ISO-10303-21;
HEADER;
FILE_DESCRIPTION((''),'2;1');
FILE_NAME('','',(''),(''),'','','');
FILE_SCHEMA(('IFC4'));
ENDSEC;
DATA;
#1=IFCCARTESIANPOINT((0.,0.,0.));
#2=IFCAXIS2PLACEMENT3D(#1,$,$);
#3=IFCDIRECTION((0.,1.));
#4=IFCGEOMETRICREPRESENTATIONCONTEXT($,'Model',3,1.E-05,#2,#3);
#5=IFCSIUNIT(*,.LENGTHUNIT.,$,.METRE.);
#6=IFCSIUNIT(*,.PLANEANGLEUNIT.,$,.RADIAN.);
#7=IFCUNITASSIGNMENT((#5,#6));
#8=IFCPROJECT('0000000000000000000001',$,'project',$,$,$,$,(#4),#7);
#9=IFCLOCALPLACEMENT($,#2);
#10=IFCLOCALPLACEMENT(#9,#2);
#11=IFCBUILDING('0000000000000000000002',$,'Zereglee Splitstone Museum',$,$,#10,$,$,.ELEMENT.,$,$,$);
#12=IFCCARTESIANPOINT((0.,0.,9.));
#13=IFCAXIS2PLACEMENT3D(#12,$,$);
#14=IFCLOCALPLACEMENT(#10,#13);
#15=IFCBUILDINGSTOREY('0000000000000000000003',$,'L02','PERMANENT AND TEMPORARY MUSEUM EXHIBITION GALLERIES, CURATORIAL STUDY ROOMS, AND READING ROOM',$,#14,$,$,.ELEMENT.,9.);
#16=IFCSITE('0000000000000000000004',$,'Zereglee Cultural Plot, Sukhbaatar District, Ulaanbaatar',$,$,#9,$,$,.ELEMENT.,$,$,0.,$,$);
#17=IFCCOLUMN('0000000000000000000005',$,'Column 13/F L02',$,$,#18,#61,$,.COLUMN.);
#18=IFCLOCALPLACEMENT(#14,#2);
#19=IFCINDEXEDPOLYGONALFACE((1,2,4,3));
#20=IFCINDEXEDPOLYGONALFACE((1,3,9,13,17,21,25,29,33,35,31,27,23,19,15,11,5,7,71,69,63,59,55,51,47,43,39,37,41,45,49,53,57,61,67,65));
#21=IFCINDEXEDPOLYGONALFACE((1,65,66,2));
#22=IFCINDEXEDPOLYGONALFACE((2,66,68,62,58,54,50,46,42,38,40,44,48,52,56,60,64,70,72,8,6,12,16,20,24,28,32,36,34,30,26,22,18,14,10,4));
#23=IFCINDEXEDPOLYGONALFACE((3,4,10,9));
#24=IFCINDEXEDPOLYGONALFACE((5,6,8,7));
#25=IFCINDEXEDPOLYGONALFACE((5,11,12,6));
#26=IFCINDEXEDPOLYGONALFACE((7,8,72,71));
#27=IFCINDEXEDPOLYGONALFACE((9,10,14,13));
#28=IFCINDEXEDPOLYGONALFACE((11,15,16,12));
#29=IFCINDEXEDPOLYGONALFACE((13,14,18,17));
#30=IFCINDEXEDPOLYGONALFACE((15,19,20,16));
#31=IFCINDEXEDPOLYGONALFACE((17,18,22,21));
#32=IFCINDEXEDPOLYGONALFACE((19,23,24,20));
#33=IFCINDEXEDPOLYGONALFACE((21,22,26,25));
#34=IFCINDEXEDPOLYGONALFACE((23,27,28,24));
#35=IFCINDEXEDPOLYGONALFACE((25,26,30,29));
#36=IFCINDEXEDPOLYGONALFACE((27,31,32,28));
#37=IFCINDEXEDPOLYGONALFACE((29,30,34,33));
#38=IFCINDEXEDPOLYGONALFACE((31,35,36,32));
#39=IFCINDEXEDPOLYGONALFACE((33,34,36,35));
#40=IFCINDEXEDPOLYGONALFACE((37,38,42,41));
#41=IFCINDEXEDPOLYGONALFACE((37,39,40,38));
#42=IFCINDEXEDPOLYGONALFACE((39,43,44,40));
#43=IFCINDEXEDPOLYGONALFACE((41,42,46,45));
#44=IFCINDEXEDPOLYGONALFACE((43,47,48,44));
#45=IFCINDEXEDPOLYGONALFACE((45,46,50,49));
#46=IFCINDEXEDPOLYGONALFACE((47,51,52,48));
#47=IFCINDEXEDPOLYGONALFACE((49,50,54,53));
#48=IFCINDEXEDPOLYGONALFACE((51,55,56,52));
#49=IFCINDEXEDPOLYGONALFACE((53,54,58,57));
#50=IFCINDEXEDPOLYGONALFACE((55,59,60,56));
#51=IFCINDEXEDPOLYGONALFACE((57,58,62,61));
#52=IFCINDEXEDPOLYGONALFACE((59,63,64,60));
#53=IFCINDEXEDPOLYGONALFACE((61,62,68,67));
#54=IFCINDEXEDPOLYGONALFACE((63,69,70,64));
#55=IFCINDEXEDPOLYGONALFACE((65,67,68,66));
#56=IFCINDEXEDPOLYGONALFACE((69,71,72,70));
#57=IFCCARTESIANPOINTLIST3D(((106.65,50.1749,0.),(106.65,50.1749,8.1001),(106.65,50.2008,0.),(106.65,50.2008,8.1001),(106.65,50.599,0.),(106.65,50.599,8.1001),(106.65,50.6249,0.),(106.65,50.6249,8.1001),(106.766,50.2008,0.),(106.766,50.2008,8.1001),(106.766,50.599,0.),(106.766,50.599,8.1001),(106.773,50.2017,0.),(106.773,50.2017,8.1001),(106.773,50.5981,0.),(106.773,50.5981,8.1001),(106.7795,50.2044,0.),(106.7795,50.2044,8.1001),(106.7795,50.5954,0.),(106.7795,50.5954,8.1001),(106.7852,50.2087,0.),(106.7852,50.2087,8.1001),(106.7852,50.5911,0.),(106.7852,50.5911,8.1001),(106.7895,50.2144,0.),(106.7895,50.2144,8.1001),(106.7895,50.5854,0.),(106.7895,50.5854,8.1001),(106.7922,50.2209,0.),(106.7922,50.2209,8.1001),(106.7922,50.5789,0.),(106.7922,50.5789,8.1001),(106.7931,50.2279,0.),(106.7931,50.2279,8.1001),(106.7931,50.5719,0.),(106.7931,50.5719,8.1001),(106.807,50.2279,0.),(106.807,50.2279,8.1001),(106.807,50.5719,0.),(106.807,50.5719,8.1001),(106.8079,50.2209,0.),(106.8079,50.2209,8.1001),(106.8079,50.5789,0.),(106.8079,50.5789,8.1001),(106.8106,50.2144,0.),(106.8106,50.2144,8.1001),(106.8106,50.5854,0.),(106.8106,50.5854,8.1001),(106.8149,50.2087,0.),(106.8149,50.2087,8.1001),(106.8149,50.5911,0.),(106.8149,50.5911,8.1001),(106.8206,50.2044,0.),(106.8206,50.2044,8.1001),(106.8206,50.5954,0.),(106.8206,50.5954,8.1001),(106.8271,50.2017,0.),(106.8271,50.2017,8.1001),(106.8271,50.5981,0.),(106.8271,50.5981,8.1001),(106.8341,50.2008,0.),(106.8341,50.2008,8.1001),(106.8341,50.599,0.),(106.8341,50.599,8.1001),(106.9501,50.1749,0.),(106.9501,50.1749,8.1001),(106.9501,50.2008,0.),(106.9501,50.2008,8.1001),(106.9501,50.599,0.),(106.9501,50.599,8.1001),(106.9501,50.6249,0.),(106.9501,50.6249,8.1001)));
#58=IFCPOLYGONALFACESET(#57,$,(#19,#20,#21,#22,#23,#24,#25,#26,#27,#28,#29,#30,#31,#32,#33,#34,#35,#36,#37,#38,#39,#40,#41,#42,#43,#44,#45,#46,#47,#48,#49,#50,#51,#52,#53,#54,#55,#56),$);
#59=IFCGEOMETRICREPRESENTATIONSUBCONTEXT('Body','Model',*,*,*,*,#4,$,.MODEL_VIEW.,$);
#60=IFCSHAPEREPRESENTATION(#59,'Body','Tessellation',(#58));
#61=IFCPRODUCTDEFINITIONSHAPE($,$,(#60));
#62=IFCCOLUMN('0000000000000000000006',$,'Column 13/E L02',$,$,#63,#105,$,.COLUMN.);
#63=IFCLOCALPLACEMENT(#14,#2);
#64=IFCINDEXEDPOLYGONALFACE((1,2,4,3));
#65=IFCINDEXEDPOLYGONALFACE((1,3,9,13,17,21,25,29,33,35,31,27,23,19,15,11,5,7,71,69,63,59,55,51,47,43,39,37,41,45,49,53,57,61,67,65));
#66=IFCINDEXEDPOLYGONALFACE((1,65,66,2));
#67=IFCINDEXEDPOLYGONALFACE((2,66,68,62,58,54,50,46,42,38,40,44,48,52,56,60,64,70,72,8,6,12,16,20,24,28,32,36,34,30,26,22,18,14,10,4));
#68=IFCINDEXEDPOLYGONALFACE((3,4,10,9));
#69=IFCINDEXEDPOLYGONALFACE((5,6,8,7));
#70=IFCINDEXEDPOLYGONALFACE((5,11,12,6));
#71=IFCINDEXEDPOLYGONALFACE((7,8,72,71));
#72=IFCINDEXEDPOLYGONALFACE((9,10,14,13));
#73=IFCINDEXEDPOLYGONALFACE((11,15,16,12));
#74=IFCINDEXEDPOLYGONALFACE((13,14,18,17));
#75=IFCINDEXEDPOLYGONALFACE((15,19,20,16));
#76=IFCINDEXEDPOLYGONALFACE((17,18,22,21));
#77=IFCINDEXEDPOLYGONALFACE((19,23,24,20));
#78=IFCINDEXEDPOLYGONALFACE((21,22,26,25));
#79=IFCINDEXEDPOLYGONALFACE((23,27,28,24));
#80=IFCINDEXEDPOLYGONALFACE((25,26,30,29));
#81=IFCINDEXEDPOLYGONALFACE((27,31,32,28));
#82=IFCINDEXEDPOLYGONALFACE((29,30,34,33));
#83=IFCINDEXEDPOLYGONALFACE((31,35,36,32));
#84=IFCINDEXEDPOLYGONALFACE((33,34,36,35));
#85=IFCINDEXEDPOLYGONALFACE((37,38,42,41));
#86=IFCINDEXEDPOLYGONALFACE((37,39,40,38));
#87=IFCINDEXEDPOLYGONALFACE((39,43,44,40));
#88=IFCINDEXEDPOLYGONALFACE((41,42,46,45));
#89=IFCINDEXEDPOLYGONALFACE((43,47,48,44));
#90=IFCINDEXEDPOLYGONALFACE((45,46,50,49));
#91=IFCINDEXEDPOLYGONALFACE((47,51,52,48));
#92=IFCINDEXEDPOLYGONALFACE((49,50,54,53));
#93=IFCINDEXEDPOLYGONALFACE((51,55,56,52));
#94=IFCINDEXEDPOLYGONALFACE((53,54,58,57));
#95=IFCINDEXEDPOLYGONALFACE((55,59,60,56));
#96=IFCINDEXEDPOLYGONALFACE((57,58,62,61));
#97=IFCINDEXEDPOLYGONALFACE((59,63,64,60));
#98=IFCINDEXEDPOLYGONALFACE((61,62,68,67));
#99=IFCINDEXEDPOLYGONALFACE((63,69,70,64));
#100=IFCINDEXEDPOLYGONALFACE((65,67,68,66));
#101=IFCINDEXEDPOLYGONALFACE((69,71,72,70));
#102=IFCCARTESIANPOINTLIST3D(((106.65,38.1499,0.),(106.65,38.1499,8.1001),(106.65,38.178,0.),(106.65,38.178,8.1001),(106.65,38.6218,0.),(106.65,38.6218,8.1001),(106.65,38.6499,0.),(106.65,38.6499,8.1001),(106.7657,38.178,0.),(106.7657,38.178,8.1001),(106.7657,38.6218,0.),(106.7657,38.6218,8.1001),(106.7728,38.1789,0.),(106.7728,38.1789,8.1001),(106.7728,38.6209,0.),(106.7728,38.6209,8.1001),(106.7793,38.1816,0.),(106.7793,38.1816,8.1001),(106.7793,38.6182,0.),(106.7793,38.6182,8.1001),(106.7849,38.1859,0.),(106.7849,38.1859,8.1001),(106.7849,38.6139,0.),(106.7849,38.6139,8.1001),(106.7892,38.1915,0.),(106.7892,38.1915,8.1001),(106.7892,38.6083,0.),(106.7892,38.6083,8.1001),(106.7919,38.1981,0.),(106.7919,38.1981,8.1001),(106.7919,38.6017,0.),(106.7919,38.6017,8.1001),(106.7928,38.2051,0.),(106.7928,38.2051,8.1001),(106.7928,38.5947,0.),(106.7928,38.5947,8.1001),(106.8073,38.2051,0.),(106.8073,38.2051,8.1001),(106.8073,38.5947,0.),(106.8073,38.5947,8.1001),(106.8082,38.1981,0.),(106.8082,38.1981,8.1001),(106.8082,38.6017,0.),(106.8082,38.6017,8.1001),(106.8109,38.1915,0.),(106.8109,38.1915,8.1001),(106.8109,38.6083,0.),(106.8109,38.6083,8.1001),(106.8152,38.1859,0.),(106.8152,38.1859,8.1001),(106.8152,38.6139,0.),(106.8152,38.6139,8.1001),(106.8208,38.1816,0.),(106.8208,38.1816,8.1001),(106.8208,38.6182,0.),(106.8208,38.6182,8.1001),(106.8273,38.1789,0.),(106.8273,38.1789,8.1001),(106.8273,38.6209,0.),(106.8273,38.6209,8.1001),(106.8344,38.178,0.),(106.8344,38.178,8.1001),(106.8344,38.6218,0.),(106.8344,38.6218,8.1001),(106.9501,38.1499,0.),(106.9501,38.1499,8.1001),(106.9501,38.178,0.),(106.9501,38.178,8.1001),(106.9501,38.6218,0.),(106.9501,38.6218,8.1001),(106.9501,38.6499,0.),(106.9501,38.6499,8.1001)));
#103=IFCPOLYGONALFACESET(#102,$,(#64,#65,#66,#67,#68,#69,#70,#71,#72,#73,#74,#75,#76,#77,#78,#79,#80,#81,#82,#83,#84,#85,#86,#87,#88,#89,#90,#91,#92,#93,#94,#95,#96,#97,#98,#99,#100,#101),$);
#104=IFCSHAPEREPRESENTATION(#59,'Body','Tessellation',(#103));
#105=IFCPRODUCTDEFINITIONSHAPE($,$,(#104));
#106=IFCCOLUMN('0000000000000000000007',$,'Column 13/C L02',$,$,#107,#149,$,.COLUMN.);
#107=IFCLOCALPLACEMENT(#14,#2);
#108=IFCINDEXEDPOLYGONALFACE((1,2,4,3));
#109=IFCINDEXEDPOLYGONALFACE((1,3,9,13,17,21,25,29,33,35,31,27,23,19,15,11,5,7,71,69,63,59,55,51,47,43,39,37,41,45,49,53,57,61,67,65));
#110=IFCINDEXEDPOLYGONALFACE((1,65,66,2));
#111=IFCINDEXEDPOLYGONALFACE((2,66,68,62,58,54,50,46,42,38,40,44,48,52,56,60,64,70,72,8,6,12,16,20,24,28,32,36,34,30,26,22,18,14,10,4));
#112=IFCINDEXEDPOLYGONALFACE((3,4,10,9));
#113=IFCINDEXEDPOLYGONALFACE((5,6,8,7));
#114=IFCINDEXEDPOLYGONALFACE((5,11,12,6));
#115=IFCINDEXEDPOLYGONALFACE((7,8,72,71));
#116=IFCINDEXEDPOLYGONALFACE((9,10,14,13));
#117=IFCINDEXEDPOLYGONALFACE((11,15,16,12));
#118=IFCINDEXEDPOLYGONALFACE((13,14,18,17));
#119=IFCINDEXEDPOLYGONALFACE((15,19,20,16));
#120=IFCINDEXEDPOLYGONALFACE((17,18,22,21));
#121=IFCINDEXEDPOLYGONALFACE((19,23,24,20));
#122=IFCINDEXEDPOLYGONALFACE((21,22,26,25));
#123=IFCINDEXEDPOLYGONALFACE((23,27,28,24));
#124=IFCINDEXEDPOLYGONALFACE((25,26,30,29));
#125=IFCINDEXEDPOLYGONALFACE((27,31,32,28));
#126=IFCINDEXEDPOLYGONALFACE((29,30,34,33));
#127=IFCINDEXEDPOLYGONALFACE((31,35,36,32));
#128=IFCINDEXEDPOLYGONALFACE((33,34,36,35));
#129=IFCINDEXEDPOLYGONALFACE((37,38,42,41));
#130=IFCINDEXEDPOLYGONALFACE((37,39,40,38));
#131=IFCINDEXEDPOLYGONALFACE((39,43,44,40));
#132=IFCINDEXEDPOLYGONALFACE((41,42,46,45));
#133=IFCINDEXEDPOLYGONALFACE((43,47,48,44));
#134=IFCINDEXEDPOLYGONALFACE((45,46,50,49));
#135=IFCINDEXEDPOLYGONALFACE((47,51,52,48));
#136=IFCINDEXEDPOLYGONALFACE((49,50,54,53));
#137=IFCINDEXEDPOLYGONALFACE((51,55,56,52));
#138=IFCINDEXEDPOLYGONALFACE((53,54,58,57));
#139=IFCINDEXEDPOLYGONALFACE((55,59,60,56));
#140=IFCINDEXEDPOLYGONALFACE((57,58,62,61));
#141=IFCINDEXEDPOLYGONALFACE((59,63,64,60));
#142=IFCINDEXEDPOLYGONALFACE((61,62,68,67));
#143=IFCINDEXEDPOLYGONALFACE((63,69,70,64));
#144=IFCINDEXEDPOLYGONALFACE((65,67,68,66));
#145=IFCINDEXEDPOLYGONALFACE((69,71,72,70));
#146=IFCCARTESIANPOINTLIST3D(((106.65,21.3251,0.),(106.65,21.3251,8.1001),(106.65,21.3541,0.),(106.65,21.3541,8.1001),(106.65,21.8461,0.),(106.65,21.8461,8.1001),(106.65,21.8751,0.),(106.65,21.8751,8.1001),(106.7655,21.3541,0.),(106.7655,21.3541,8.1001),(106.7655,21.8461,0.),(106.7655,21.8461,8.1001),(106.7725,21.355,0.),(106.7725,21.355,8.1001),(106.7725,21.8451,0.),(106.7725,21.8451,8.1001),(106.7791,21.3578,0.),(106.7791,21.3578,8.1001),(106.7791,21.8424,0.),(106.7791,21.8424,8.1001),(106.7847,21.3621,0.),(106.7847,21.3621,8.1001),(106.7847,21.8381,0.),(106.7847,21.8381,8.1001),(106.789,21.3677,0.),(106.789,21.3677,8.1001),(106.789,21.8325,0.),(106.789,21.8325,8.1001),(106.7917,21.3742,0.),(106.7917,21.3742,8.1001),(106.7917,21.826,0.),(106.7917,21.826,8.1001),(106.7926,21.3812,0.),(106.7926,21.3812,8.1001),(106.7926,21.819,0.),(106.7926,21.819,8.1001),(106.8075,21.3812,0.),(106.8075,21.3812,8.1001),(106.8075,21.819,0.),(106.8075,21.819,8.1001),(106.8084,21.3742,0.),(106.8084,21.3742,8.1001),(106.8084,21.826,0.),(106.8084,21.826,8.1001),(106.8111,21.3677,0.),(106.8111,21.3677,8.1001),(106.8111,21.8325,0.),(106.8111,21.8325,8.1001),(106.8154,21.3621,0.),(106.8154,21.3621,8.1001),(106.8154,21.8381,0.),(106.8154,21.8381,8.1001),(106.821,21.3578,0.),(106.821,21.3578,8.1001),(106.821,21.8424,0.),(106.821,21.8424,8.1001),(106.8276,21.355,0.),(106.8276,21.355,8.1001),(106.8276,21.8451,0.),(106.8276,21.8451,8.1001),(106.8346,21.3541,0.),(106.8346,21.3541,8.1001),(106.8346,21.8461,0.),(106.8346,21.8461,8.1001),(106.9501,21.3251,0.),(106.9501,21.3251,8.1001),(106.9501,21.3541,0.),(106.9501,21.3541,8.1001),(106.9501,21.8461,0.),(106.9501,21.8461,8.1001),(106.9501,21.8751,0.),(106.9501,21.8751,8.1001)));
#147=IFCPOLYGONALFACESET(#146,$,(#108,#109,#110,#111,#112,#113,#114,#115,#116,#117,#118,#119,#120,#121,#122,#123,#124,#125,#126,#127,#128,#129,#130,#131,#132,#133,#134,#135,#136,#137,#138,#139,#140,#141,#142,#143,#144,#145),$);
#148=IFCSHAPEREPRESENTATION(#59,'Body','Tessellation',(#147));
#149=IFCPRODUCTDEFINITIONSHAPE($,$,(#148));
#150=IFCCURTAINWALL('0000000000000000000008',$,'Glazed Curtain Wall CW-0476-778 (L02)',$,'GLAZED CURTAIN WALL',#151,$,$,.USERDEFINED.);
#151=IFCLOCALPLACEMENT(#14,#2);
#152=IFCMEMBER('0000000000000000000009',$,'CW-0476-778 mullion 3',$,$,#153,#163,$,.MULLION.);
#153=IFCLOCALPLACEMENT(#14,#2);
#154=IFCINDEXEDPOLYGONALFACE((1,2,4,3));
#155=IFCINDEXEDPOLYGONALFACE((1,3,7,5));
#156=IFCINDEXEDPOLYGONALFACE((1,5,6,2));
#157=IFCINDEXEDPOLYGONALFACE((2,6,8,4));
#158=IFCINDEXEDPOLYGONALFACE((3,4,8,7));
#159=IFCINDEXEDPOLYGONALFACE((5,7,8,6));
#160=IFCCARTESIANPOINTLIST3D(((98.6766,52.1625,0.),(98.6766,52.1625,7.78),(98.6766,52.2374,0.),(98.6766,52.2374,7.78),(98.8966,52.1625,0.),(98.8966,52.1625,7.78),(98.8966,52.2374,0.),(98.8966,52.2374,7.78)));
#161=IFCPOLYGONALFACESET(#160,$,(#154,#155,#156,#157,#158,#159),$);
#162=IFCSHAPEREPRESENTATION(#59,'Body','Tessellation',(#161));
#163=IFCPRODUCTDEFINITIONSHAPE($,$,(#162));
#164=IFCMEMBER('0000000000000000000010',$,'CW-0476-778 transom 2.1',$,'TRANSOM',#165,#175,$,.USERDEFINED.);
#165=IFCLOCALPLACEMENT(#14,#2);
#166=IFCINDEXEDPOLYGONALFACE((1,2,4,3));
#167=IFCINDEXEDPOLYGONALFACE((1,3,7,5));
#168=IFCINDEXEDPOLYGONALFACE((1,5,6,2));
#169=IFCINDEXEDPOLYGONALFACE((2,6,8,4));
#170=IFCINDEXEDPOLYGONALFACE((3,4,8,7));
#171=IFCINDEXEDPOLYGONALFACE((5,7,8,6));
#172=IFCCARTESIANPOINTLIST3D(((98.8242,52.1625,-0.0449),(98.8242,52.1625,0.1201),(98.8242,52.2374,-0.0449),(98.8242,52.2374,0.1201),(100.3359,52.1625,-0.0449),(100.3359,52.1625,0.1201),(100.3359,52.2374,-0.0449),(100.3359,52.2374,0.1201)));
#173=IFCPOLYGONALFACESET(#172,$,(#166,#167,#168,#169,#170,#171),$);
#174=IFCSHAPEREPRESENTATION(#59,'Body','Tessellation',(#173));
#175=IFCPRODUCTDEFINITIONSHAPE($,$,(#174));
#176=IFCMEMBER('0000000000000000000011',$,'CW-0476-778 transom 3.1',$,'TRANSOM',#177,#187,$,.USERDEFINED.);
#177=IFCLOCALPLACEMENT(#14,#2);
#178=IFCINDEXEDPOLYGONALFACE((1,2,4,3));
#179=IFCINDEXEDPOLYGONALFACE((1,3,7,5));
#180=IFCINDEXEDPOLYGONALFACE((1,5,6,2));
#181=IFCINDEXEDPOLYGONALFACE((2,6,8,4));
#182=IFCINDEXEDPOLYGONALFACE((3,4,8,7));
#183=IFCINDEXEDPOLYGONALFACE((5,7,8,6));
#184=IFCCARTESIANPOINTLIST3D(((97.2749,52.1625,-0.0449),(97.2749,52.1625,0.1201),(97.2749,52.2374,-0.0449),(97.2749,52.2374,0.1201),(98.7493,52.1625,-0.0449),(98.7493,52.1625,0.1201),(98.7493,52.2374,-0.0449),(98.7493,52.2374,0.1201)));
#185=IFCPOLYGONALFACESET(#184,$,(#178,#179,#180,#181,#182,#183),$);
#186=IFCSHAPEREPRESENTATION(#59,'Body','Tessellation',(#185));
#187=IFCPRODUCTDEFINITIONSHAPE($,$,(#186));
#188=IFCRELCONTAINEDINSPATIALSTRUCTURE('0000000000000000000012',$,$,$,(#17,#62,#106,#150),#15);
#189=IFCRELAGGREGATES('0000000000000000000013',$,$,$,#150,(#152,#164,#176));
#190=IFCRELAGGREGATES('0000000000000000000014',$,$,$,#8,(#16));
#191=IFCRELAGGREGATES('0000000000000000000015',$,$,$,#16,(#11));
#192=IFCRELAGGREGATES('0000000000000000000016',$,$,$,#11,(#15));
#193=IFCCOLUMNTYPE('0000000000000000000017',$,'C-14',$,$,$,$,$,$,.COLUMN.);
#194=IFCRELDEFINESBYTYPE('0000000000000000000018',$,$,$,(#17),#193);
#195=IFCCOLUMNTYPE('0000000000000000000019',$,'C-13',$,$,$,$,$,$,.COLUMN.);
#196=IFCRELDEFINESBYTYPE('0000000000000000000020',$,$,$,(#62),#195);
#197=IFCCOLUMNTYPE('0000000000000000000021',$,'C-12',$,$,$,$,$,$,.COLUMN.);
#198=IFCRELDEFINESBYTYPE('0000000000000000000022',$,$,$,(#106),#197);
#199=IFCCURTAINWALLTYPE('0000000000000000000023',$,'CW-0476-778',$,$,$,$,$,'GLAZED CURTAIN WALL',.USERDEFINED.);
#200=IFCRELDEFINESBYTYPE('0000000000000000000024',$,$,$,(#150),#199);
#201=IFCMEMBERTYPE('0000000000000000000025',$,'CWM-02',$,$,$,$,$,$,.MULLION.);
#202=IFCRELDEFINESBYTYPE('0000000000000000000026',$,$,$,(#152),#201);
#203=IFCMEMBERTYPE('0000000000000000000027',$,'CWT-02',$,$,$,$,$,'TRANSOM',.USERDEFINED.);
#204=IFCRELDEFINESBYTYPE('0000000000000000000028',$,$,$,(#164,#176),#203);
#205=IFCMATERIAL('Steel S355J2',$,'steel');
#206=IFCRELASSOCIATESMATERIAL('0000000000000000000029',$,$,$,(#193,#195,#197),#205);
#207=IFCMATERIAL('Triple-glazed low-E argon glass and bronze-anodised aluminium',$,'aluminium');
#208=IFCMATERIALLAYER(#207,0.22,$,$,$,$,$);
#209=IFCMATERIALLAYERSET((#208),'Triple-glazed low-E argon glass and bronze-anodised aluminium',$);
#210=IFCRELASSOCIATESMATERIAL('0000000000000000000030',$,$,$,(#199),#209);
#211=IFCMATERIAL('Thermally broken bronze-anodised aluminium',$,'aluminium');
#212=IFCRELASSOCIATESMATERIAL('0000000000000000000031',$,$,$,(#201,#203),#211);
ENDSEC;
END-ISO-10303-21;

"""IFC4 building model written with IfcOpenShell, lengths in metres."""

from ifc_helpers import new_model, si_unit, direction, frame, origin, origin_2d, place, context, subcontext, project, spatial, rectangle, i_section, extrude, material, layer, layer_set, material_profile, profile_set, type_object, element, aggregate, save


model = new_model("IFC4")

# Units and contexts
model_context = context("Model", 3, precision=1e-05, world=origin(), true_north=direction((0.0, 1.0)))
body_context = subcontext(model_context, "Body", "Model", "MODEL_VIEW")
ifc_project = project(units=[si_unit("LENGTHUNIT", "METRE"), si_unit("PLANEANGLEUNIT", "RADIAN")], contexts=[model_context])

# Site, building, storey
site_placement = place(None, origin())
site = spatial("IfcSite", under=ifc_project, at=site_placement, Name="Zereglee Cultural Plot, Sukhbaatar District, Ulaanbaatar", CompositionType="ELEMENT", RefElevation=0.0)
building_placement = place(site_placement, origin())
building = spatial("IfcBuilding", under=site, at=building_placement, Name="Zereglee Splitstone Museum", CompositionType="ELEMENT")
storey_placement = place(building_placement, frame((0.0, 0.0, 9.0)))
storey = spatial("IfcBuildingStorey", under=building, at=storey_placement, Name="L02", Description="PERMANENT AND TEMPORARY MUSEUM EXHIBITION GALLERIES, CURATORIAL STUDY ROOMS, AND READING ROOM", CompositionType="ELEMENT", Elevation=9.0)

# Columns
ifc_material_1 = material(Name="Steel S355J2", Category="steel")
ifc_material_profile_1 = material_profile(ifc_material_1, i_section(OverallWidth=0.3, OverallDepth=0.45, WebThickness=0.0139, FlangeThickness=0.0259, FilletRadius=0.0271, at=origin_2d()), Name="HE 450 B")
ifc_profile_set_1 = profile_set([ifc_material_profile_1], Name="Steel S355J2")
column_type_1 = type_object("IfcColumnType", Name="C-14", PredefinedType="COLUMN", material=ifc_profile_set_1)
column_1_placement = place(storey_placement, frame((106.8, 50.3999, 0.0), z_axis=(0.0, 0.0, 1.0), x_axis=(1.0, 0.0, 0.0)))
element("IfcColumn", 1, at=column_1_placement, inside=storey, type_object=column_type_1, Name="Column 13/F L02", PredefinedType="COLUMN", context=body_context, shape_type="SweptSolid", body=[
    extrude(i_section(OverallWidth=0.3, OverallDepth=0.45, WebThickness=0.0139, FlangeThickness=0.0259, FilletRadius=0.0271, at=origin_2d()), origin(), (0.0, 0.0, 1.0), 8.1001),
])
ifc_material_profile_2 = material_profile(ifc_material_1, i_section(OverallWidth=0.3, OverallDepth=0.5, WebThickness=0.0144, FlangeThickness=0.0281, FilletRadius=0.0271, at=origin_2d()), Name="HE 500 B")
ifc_profile_set_2 = profile_set([ifc_material_profile_2], Name="Steel S355J2")
column_type_2 = type_object("IfcColumnType", Name="C-13", PredefinedType="COLUMN", material=ifc_profile_set_2)
column_2_placement = place(storey_placement, frame((106.8, 38.3999, 0.0), z_axis=(0.0, 0.0, 1.0), x_axis=(1.0, 0.0, 0.0)))
element("IfcColumn", 2, at=column_2_placement, inside=storey, type_object=column_type_2, Name="Column 13/E L02", PredefinedType="COLUMN", context=body_context, shape_type="SweptSolid", body=[
    extrude(i_section(OverallWidth=0.3, OverallDepth=0.5, WebThickness=0.0144, FlangeThickness=0.0281, FilletRadius=0.0271, at=origin_2d()), origin(), (0.0, 0.0, 1.0), 8.1001),
])
ifc_material_profile_3 = material_profile(ifc_material_1, i_section(OverallWidth=0.3, OverallDepth=0.55, WebThickness=0.0149, FlangeThickness=0.0291, FilletRadius=0.0271, at=origin_2d()), Name="HE 550 B")
ifc_profile_set_3 = profile_set([ifc_material_profile_3], Name="Steel S355J2")
column_type_3 = type_object("IfcColumnType", Name="C-12", PredefinedType="COLUMN", material=ifc_profile_set_3)
column_3_placement = place(storey_placement, frame((106.8, 21.6001, 0.0), z_axis=(0.0, 0.0, 1.0), x_axis=(1.0, 0.0, 0.0)))
element("IfcColumn", 3, at=column_3_placement, inside=storey, type_object=column_type_3, Name="Column 13/C L02", PredefinedType="COLUMN", context=body_context, shape_type="SweptSolid", body=[
    extrude(i_section(OverallWidth=0.3, OverallDepth=0.55, WebThickness=0.0149, FlangeThickness=0.0291, FilletRadius=0.0271, at=origin_2d()), origin(), (0.0, 0.0, 1.0), 8.1001),
])

# Curtain wall, members
ifc_material_2 = material(Name="Triple-glazed low-E argon glass and bronze-anodised aluminium", Category="aluminium")
ifc_layer_1 = layer(ifc_material_2, 0.22)
ifc_layer_set_1 = layer_set([ifc_layer_1], Name="Triple-glazed low-E argon glass and bronze-anodised aluminium")
curtain_wall_type = type_object("IfcCurtainWallType", Name="CW-0476-778", ElementType="GLAZED CURTAIN WALL", PredefinedType="USERDEFINED", material=ifc_layer_set_1)
curtain_wall_placement = place(storey_placement, origin())
curtain_wall = element("IfcCurtainWall", 4, at=curtain_wall_placement, inside=storey, type_object=curtain_wall_type, Name="Glazed Curtain Wall CW-0476-778 (L02)", ObjectType="GLAZED CURTAIN WALL", PredefinedType="USERDEFINED")
ifc_material_3 = material(Name="Thermally broken bronze-anodised aluminium", Category="aluminium")
ifc_material_profile_4 = material_profile(ifc_material_3, rectangle(XDim=0.075, YDim=0.22, at=origin_2d()), Name="CW MULL 75x220")
ifc_profile_set_4 = profile_set([ifc_material_profile_4], Name="Thermally broken bronze-anodised aluminium")
member_type_1 = type_object("IfcMemberType", Name="CWM-02", PredefinedType="MULLION", material=ifc_profile_set_4)
member_1_placement = place(storey_placement, frame((98.7866, 52.2, 0.0), z_axis=(0.0, 0.0, 1.0), x_axis=(0.0, -1.0, 0.0)))
member_1 = element("IfcMember", 5, at=member_1_placement, type_object=member_type_1, Name="CW-0476-778 mullion 3", PredefinedType="MULLION", context=body_context, shape_type="SweptSolid", body=[
    extrude(rectangle(XDim=0.075, YDim=0.22, at=origin_2d()), origin(), (0.0, 0.0, 1.0), 7.78),
])
ifc_material_profile_5 = material_profile(ifc_material_3, rectangle(XDim=0.075, YDim=0.165, at=origin_2d()), Name="CW TRAN 75x165")
ifc_profile_set_5 = profile_set([ifc_material_profile_5], Name="Thermally broken bronze-anodised aluminium")
member_type_2 = type_object("IfcMemberType", Name="CWT-02", ElementType="TRANSOM", PredefinedType="USERDEFINED", material=ifc_profile_set_5)
member_2_placement = place(storey_placement, frame((100.3359, 52.2, 0.0376), z_axis=(-1.0, 0.0, 0.0), x_axis=(0.0, -1.0, 0.0)))
member_2 = element("IfcMember", 6, at=member_2_placement, type_object=member_type_2, Name="CW-0476-778 transom 2.1", ObjectType="TRANSOM", PredefinedType="USERDEFINED", context=body_context, shape_type="SweptSolid", body=[
    extrude(rectangle(XDim=0.075, YDim=0.165, at=origin_2d()), origin(), (0.0, 0.0, 1.0), 1.5117),
])
member_3_placement = place(storey_placement, frame((98.7493, 52.2, 0.0376), z_axis=(-1.0, 0.0, 0.0), x_axis=(0.0, -1.0, 0.0)))
member_3 = element("IfcMember", 7, at=member_3_placement, type_object=member_type_2, Name="CW-0476-778 transom 3.1", ObjectType="TRANSOM", PredefinedType="USERDEFINED", context=body_context, shape_type="SweptSolid", body=[
    extrude(rectangle(XDim=0.075, YDim=0.165, at=origin_2d()), origin(), (0.0, 0.0, 1.0), 1.4744),
])

aggregate(curtain_wall, [member_1, member_2, member_3])

save(model, "model.ifc")
